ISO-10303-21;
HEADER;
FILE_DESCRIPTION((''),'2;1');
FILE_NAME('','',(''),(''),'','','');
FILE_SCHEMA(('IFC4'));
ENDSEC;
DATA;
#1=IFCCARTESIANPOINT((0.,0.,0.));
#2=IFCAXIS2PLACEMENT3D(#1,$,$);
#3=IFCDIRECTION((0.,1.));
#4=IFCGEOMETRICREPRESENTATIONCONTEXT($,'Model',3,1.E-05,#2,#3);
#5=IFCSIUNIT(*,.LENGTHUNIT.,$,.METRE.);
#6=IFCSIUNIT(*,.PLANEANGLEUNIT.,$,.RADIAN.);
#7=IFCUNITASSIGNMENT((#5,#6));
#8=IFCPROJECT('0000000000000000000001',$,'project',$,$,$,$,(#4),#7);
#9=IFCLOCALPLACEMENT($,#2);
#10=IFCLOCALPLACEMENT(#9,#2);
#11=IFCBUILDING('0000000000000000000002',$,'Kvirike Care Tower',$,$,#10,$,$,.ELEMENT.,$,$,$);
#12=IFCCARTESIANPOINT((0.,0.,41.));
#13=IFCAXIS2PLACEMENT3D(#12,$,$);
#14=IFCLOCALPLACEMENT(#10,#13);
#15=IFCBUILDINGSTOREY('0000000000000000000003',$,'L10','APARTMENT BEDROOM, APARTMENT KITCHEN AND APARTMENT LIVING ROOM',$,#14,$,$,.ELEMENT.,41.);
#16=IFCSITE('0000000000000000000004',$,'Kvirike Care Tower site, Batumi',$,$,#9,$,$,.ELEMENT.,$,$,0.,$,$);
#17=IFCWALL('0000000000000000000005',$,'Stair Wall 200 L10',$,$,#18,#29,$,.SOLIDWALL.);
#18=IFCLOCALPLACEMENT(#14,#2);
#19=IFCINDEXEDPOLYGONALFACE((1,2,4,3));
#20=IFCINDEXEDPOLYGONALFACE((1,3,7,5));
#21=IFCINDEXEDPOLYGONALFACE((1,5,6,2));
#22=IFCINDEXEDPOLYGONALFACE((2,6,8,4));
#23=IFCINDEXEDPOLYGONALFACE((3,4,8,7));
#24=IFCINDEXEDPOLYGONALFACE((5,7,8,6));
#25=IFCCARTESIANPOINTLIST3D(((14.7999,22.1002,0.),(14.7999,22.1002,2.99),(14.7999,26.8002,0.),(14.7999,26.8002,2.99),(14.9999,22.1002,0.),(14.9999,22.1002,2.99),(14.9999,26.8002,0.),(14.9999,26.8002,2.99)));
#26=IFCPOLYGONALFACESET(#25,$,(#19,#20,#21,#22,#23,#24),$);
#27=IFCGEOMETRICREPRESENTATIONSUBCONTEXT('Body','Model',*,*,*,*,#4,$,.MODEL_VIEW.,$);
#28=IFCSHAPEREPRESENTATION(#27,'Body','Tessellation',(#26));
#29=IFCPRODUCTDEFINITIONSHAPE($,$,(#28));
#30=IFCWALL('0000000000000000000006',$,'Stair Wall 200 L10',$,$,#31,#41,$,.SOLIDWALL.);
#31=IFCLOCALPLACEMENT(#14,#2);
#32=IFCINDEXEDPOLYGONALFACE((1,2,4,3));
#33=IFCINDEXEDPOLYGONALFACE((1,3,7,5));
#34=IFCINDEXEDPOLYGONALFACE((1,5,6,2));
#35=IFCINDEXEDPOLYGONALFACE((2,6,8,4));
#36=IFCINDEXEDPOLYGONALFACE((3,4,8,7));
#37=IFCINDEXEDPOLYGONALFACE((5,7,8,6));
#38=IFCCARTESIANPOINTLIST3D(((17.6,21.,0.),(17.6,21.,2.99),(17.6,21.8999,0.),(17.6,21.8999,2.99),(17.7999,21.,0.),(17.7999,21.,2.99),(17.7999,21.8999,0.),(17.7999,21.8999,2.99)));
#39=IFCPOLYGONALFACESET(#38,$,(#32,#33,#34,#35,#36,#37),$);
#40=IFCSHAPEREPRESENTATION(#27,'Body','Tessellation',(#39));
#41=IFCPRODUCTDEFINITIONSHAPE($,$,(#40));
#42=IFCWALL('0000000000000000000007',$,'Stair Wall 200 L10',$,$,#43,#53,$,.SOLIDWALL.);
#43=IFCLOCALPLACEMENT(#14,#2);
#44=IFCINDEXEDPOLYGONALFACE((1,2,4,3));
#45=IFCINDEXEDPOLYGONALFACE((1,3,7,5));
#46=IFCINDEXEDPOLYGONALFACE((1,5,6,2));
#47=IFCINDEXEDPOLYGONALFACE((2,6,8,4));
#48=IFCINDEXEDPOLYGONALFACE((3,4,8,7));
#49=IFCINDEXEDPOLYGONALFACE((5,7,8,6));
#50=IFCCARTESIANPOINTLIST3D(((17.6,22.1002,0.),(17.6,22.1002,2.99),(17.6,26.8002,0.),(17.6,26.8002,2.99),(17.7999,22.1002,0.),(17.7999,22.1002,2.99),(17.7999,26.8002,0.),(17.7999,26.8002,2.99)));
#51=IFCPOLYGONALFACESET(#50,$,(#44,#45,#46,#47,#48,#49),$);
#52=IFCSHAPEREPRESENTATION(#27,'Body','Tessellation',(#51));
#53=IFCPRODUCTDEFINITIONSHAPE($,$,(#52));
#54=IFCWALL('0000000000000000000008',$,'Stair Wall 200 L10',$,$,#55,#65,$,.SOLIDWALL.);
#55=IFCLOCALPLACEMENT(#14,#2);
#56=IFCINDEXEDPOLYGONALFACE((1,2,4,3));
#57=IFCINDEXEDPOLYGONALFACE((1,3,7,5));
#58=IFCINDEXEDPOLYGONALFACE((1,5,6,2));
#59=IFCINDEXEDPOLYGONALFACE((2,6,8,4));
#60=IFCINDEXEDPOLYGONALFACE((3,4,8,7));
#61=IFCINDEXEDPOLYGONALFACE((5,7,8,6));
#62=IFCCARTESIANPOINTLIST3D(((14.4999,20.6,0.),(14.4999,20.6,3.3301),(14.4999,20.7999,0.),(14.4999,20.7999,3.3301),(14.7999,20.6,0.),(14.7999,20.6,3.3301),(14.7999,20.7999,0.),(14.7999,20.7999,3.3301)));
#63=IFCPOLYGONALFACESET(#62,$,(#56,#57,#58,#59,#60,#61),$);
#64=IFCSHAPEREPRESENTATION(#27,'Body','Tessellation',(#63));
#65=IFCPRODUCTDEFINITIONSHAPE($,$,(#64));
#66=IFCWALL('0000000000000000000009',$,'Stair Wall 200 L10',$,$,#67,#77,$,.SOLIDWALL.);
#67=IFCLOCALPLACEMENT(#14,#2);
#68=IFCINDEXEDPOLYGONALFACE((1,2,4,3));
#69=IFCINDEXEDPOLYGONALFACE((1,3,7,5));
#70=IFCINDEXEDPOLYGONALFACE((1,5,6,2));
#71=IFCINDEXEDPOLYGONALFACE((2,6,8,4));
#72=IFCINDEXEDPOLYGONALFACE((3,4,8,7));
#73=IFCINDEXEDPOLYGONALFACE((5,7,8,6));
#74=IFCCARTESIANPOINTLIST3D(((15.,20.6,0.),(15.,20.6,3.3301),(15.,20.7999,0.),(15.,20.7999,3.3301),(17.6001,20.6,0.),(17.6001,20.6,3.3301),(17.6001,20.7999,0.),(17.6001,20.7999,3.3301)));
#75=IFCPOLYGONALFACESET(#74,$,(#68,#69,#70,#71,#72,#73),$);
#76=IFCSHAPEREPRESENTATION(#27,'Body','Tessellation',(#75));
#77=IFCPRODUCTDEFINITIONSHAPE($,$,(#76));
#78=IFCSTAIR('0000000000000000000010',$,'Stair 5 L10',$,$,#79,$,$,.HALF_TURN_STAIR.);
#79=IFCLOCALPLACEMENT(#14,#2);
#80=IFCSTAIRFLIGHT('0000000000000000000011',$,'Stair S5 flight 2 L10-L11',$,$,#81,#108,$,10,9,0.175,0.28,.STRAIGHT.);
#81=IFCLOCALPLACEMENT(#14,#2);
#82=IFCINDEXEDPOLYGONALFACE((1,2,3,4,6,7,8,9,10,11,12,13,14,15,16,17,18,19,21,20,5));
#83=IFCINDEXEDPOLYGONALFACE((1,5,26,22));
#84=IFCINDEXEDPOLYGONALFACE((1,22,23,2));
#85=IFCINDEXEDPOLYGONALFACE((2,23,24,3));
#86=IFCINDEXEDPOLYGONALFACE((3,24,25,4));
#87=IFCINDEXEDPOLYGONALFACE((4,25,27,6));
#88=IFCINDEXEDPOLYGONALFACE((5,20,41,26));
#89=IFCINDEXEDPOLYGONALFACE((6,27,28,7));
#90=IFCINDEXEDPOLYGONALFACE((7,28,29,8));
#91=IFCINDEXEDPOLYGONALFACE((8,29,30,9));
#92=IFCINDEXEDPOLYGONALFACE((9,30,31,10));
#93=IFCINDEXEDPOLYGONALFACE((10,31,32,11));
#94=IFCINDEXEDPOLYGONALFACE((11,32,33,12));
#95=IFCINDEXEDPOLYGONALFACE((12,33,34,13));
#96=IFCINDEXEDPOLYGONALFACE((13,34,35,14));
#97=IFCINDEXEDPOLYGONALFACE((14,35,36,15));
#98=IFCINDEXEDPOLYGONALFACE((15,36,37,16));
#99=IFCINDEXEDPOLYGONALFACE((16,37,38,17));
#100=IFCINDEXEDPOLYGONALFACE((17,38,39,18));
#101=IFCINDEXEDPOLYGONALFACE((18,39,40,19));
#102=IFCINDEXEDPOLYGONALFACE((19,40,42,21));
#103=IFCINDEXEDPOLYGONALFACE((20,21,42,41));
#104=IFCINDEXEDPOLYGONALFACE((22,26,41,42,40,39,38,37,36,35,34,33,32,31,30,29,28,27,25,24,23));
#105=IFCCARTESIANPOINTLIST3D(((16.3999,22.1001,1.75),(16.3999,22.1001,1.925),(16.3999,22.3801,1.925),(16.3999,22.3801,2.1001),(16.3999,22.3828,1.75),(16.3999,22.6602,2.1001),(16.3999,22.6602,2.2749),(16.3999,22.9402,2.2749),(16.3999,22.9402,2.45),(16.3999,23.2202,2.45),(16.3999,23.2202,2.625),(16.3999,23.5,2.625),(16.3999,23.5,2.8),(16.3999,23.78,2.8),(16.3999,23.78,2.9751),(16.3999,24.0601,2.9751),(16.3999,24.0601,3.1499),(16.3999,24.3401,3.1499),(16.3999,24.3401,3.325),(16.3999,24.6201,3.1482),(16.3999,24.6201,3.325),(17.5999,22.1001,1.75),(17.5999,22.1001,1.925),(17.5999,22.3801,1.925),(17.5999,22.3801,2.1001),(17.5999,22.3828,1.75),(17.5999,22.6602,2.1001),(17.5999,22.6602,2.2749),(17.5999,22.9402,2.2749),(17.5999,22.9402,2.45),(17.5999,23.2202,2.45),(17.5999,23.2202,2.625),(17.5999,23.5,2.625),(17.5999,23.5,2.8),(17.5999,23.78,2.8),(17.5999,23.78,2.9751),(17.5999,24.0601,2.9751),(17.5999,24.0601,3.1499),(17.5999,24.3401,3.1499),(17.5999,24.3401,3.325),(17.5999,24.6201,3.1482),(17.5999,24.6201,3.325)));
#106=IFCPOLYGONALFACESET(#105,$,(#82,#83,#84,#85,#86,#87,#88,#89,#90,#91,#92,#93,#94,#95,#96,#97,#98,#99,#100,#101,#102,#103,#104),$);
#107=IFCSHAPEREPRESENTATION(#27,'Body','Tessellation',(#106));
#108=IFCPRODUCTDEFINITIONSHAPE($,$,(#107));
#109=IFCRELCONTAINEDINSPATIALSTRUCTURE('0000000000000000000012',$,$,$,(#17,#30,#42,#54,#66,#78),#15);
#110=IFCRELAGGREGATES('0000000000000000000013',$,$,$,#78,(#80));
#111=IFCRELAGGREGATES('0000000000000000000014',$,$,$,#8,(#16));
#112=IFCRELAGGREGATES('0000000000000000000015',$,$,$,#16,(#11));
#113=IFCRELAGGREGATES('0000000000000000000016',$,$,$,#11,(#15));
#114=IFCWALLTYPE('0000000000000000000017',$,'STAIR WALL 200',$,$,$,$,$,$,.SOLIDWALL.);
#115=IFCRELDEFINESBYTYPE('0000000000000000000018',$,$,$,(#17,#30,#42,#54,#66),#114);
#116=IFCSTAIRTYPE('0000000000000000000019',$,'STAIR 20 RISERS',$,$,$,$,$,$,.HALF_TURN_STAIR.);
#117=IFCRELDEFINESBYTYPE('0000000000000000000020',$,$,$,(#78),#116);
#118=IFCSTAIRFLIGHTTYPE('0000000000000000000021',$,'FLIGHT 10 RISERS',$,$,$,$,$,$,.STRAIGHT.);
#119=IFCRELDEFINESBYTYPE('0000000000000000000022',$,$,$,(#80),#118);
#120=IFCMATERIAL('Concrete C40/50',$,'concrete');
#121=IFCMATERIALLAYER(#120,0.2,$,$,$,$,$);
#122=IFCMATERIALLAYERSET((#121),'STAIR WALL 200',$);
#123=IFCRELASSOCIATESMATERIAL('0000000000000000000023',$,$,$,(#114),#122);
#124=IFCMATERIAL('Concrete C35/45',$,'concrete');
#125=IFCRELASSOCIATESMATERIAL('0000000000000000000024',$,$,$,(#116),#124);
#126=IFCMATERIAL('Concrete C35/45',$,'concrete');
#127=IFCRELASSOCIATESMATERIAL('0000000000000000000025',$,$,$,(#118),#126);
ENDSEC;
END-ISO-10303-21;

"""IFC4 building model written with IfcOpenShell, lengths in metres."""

from ifc_helpers import new_model, si_unit, direction, frame, frame_2d, origin, place, context, subcontext, project, spatial, polyline, rectangle, outline, extrude, material, layer, layer_set, type_object, element, aggregate, save


model = new_model("IFC4")

# Units and contexts
model_context = context("Model", 3, precision=1e-05, world=origin(), true_north=direction((0.0, 1.0)))
body_context = subcontext(model_context, "Body", "Model", "MODEL_VIEW")
ifc_project = project(units=[si_unit("LENGTHUNIT", "METRE"), si_unit("PLANEANGLEUNIT", "RADIAN")], contexts=[model_context])

# Site, building, storey
site_placement = place(None, origin())
site = spatial("IfcSite", under=ifc_project, at=site_placement, Name="Kvirike Care Tower site, Batumi", CompositionType="ELEMENT", RefElevation=0.0)
building_placement = place(site_placement, origin())
building = spatial("IfcBuilding", under=site, at=building_placement, Name="Kvirike Care Tower", CompositionType="ELEMENT")
storey_placement = place(building_placement, frame((0.0, 0.0, 41.0)))
storey = spatial("IfcBuildingStorey", under=building, at=storey_placement, Name="L10", Description="APARTMENT BEDROOM, APARTMENT KITCHEN AND APARTMENT LIVING ROOM", CompositionType="ELEMENT", Elevation=41.0)

# Walls
ifc_material_1 = material(Name="Concrete C40/50", Category="concrete")
ifc_layer_1 = layer(ifc_material_1, 0.2)
ifc_layer_set_1 = layer_set([ifc_layer_1], Name="STAIR WALL 200")
wall_type_1 = type_object("IfcWallType", Name="STAIR WALL 200", PredefinedType="SOLIDWALL", material=ifc_layer_set_1)
wall_1_placement = place(storey_placement, frame((14.8999, 22.1001, 0.0), z_axis=(0.0, 0.0, 1.0), x_axis=(0.0, 1.0, 0.0)))
element("IfcWall", 1, at=wall_1_placement, inside=storey, type_object=wall_type_1, Name="Stair Wall 200 L10", PredefinedType="SOLIDWALL", context=body_context, shape_type="SweptSolid", body=[
    extrude(rectangle(XDim=4.7, YDim=0.2, at=frame_2d((2.3501, 0.0))), origin(), (0.0, 0.0, 1.0), 2.99),
])
wall_2_placement = place(storey_placement, frame((17.7, 21.0, 0.0), z_axis=(0.0, 0.0, 1.0), x_axis=(0.0, 1.0, 0.0)))
element("IfcWall", 2, at=wall_2_placement, inside=storey, type_object=wall_type_1, Name="Stair Wall 200 L10", PredefinedType="SOLIDWALL", context=body_context, shape_type="SweptSolid", body=[
    extrude(rectangle(XDim=0.8999, YDim=0.2, at=frame_2d((0.45, 0.0))), origin(), (0.0, 0.0, 1.0), 2.99),
])
wall_3_placement = place(storey_placement, frame((17.7, 22.1001, 0.0), z_axis=(0.0, 0.0, 1.0), x_axis=(0.0, 1.0, 0.0)))
element("IfcWall", 3, at=wall_3_placement, inside=storey, type_object=wall_type_1, Name="Stair Wall 200 L10", PredefinedType="SOLIDWALL", context=body_context, shape_type="SweptSolid", body=[
    extrude(rectangle(XDim=4.7, YDim=0.2, at=frame_2d((2.3501, 0.0))), origin(), (0.0, 0.0, 1.0), 2.99),
])
wall_4_placement = place(storey_placement, frame((14.5, 20.7, 0.0), z_axis=(0.0, 0.0, 1.0), x_axis=(1.0, 0.0, 0.0)))
element("IfcWall", 4, at=wall_4_placement, inside=storey, type_object=wall_type_1, Name="Stair Wall 200 L10", PredefinedType="SOLIDWALL", context=body_context, shape_type="SweptSolid", body=[
    extrude(rectangle(XDim=0.3, YDim=0.2, at=frame_2d((0.1499, 0.0))), origin(), (0.0, 0.0, 1.0), 3.3301),
])
wall_5_placement = place(storey_placement, frame((15.0, 20.7, 0.0), z_axis=(0.0, 0.0, 1.0), x_axis=(1.0, 0.0, 0.0)))
element("IfcWall", 5, at=wall_5_placement, inside=storey, type_object=wall_type_1, Name="Stair Wall 200 L10", PredefinedType="SOLIDWALL", context=body_context, shape_type="SweptSolid", body=[
    extrude(rectangle(XDim=2.6001, YDim=0.2, at=frame_2d((1.3, 0.0))), origin(), (0.0, 0.0, 1.0), 3.3301),
])

# Stair, stair flight
ifc_material_2 = material(Name="Concrete C35/45", Category="concrete")
stair_type = type_object("IfcStairType", Name="STAIR 20 RISERS", PredefinedType="HALF_TURN_STAIR", material=ifc_material_2)
stair_placement = place(storey_placement, origin())
stair = element("IfcStair", 6, at=stair_placement, inside=storey, type_object=stair_type, Name="Stair 5 L10", PredefinedType="HALF_TURN_STAIR")
ifc_material_3 = material(Name="Concrete C35/45", Category="concrete")
stair_flight_type = type_object("IfcStairFlightType", Name="FLIGHT 10 RISERS", PredefinedType="STRAIGHT", material=ifc_material_3)
stair_flight_placement = place(storey_placement, frame((17.0, 22.1001, 1.75), z_axis=(0.0, 0.0, 1.0), x_axis=(0.0, 1.0, 0.0)))
stair_flight = element("IfcStairFlight", 7, at=stair_flight_placement, type_object=stair_flight_type, Name="Stair S5 flight 2 L10-L11", NumberOfRisers=10, NumberOfTreads=9, PredefinedType="STRAIGHT", RiserHeight=0.175, TreadLength=0.28, context=body_context, shape_type="SweptSolid", body=[
    extrude(outline(polyline([(0.0, 0.0), (0.0, 0.175), (0.28, 0.175), (0.28, 0.3501), (0.5601, 0.3501), (0.5601, 0.5249), (0.8401, 0.5249), (0.8401, 0.7), (1.1201, 0.7), (1.1201, 0.875), (1.3999, 0.875), (1.3999, 1.05), (1.6799, 1.05), (1.6799, 1.2251), (1.96, 1.2251), (1.96, 1.3999), (2.24, 1.3999), (2.24, 1.575), (2.52, 1.575), (2.52, 1.75), (2.52, 1.3982), (0.2827, 0.0), (0.0, 0.0)])), frame((0.0, 0.6001, 0.0), z_axis=(0.0, -1.0, 0.0), x_axis=(1.0, 0.0, 0.0)), (0.0, 0.0, 1.0), 1.2),
])
aggregate(stair, [stair_flight])

save(model, "model.ifc")
